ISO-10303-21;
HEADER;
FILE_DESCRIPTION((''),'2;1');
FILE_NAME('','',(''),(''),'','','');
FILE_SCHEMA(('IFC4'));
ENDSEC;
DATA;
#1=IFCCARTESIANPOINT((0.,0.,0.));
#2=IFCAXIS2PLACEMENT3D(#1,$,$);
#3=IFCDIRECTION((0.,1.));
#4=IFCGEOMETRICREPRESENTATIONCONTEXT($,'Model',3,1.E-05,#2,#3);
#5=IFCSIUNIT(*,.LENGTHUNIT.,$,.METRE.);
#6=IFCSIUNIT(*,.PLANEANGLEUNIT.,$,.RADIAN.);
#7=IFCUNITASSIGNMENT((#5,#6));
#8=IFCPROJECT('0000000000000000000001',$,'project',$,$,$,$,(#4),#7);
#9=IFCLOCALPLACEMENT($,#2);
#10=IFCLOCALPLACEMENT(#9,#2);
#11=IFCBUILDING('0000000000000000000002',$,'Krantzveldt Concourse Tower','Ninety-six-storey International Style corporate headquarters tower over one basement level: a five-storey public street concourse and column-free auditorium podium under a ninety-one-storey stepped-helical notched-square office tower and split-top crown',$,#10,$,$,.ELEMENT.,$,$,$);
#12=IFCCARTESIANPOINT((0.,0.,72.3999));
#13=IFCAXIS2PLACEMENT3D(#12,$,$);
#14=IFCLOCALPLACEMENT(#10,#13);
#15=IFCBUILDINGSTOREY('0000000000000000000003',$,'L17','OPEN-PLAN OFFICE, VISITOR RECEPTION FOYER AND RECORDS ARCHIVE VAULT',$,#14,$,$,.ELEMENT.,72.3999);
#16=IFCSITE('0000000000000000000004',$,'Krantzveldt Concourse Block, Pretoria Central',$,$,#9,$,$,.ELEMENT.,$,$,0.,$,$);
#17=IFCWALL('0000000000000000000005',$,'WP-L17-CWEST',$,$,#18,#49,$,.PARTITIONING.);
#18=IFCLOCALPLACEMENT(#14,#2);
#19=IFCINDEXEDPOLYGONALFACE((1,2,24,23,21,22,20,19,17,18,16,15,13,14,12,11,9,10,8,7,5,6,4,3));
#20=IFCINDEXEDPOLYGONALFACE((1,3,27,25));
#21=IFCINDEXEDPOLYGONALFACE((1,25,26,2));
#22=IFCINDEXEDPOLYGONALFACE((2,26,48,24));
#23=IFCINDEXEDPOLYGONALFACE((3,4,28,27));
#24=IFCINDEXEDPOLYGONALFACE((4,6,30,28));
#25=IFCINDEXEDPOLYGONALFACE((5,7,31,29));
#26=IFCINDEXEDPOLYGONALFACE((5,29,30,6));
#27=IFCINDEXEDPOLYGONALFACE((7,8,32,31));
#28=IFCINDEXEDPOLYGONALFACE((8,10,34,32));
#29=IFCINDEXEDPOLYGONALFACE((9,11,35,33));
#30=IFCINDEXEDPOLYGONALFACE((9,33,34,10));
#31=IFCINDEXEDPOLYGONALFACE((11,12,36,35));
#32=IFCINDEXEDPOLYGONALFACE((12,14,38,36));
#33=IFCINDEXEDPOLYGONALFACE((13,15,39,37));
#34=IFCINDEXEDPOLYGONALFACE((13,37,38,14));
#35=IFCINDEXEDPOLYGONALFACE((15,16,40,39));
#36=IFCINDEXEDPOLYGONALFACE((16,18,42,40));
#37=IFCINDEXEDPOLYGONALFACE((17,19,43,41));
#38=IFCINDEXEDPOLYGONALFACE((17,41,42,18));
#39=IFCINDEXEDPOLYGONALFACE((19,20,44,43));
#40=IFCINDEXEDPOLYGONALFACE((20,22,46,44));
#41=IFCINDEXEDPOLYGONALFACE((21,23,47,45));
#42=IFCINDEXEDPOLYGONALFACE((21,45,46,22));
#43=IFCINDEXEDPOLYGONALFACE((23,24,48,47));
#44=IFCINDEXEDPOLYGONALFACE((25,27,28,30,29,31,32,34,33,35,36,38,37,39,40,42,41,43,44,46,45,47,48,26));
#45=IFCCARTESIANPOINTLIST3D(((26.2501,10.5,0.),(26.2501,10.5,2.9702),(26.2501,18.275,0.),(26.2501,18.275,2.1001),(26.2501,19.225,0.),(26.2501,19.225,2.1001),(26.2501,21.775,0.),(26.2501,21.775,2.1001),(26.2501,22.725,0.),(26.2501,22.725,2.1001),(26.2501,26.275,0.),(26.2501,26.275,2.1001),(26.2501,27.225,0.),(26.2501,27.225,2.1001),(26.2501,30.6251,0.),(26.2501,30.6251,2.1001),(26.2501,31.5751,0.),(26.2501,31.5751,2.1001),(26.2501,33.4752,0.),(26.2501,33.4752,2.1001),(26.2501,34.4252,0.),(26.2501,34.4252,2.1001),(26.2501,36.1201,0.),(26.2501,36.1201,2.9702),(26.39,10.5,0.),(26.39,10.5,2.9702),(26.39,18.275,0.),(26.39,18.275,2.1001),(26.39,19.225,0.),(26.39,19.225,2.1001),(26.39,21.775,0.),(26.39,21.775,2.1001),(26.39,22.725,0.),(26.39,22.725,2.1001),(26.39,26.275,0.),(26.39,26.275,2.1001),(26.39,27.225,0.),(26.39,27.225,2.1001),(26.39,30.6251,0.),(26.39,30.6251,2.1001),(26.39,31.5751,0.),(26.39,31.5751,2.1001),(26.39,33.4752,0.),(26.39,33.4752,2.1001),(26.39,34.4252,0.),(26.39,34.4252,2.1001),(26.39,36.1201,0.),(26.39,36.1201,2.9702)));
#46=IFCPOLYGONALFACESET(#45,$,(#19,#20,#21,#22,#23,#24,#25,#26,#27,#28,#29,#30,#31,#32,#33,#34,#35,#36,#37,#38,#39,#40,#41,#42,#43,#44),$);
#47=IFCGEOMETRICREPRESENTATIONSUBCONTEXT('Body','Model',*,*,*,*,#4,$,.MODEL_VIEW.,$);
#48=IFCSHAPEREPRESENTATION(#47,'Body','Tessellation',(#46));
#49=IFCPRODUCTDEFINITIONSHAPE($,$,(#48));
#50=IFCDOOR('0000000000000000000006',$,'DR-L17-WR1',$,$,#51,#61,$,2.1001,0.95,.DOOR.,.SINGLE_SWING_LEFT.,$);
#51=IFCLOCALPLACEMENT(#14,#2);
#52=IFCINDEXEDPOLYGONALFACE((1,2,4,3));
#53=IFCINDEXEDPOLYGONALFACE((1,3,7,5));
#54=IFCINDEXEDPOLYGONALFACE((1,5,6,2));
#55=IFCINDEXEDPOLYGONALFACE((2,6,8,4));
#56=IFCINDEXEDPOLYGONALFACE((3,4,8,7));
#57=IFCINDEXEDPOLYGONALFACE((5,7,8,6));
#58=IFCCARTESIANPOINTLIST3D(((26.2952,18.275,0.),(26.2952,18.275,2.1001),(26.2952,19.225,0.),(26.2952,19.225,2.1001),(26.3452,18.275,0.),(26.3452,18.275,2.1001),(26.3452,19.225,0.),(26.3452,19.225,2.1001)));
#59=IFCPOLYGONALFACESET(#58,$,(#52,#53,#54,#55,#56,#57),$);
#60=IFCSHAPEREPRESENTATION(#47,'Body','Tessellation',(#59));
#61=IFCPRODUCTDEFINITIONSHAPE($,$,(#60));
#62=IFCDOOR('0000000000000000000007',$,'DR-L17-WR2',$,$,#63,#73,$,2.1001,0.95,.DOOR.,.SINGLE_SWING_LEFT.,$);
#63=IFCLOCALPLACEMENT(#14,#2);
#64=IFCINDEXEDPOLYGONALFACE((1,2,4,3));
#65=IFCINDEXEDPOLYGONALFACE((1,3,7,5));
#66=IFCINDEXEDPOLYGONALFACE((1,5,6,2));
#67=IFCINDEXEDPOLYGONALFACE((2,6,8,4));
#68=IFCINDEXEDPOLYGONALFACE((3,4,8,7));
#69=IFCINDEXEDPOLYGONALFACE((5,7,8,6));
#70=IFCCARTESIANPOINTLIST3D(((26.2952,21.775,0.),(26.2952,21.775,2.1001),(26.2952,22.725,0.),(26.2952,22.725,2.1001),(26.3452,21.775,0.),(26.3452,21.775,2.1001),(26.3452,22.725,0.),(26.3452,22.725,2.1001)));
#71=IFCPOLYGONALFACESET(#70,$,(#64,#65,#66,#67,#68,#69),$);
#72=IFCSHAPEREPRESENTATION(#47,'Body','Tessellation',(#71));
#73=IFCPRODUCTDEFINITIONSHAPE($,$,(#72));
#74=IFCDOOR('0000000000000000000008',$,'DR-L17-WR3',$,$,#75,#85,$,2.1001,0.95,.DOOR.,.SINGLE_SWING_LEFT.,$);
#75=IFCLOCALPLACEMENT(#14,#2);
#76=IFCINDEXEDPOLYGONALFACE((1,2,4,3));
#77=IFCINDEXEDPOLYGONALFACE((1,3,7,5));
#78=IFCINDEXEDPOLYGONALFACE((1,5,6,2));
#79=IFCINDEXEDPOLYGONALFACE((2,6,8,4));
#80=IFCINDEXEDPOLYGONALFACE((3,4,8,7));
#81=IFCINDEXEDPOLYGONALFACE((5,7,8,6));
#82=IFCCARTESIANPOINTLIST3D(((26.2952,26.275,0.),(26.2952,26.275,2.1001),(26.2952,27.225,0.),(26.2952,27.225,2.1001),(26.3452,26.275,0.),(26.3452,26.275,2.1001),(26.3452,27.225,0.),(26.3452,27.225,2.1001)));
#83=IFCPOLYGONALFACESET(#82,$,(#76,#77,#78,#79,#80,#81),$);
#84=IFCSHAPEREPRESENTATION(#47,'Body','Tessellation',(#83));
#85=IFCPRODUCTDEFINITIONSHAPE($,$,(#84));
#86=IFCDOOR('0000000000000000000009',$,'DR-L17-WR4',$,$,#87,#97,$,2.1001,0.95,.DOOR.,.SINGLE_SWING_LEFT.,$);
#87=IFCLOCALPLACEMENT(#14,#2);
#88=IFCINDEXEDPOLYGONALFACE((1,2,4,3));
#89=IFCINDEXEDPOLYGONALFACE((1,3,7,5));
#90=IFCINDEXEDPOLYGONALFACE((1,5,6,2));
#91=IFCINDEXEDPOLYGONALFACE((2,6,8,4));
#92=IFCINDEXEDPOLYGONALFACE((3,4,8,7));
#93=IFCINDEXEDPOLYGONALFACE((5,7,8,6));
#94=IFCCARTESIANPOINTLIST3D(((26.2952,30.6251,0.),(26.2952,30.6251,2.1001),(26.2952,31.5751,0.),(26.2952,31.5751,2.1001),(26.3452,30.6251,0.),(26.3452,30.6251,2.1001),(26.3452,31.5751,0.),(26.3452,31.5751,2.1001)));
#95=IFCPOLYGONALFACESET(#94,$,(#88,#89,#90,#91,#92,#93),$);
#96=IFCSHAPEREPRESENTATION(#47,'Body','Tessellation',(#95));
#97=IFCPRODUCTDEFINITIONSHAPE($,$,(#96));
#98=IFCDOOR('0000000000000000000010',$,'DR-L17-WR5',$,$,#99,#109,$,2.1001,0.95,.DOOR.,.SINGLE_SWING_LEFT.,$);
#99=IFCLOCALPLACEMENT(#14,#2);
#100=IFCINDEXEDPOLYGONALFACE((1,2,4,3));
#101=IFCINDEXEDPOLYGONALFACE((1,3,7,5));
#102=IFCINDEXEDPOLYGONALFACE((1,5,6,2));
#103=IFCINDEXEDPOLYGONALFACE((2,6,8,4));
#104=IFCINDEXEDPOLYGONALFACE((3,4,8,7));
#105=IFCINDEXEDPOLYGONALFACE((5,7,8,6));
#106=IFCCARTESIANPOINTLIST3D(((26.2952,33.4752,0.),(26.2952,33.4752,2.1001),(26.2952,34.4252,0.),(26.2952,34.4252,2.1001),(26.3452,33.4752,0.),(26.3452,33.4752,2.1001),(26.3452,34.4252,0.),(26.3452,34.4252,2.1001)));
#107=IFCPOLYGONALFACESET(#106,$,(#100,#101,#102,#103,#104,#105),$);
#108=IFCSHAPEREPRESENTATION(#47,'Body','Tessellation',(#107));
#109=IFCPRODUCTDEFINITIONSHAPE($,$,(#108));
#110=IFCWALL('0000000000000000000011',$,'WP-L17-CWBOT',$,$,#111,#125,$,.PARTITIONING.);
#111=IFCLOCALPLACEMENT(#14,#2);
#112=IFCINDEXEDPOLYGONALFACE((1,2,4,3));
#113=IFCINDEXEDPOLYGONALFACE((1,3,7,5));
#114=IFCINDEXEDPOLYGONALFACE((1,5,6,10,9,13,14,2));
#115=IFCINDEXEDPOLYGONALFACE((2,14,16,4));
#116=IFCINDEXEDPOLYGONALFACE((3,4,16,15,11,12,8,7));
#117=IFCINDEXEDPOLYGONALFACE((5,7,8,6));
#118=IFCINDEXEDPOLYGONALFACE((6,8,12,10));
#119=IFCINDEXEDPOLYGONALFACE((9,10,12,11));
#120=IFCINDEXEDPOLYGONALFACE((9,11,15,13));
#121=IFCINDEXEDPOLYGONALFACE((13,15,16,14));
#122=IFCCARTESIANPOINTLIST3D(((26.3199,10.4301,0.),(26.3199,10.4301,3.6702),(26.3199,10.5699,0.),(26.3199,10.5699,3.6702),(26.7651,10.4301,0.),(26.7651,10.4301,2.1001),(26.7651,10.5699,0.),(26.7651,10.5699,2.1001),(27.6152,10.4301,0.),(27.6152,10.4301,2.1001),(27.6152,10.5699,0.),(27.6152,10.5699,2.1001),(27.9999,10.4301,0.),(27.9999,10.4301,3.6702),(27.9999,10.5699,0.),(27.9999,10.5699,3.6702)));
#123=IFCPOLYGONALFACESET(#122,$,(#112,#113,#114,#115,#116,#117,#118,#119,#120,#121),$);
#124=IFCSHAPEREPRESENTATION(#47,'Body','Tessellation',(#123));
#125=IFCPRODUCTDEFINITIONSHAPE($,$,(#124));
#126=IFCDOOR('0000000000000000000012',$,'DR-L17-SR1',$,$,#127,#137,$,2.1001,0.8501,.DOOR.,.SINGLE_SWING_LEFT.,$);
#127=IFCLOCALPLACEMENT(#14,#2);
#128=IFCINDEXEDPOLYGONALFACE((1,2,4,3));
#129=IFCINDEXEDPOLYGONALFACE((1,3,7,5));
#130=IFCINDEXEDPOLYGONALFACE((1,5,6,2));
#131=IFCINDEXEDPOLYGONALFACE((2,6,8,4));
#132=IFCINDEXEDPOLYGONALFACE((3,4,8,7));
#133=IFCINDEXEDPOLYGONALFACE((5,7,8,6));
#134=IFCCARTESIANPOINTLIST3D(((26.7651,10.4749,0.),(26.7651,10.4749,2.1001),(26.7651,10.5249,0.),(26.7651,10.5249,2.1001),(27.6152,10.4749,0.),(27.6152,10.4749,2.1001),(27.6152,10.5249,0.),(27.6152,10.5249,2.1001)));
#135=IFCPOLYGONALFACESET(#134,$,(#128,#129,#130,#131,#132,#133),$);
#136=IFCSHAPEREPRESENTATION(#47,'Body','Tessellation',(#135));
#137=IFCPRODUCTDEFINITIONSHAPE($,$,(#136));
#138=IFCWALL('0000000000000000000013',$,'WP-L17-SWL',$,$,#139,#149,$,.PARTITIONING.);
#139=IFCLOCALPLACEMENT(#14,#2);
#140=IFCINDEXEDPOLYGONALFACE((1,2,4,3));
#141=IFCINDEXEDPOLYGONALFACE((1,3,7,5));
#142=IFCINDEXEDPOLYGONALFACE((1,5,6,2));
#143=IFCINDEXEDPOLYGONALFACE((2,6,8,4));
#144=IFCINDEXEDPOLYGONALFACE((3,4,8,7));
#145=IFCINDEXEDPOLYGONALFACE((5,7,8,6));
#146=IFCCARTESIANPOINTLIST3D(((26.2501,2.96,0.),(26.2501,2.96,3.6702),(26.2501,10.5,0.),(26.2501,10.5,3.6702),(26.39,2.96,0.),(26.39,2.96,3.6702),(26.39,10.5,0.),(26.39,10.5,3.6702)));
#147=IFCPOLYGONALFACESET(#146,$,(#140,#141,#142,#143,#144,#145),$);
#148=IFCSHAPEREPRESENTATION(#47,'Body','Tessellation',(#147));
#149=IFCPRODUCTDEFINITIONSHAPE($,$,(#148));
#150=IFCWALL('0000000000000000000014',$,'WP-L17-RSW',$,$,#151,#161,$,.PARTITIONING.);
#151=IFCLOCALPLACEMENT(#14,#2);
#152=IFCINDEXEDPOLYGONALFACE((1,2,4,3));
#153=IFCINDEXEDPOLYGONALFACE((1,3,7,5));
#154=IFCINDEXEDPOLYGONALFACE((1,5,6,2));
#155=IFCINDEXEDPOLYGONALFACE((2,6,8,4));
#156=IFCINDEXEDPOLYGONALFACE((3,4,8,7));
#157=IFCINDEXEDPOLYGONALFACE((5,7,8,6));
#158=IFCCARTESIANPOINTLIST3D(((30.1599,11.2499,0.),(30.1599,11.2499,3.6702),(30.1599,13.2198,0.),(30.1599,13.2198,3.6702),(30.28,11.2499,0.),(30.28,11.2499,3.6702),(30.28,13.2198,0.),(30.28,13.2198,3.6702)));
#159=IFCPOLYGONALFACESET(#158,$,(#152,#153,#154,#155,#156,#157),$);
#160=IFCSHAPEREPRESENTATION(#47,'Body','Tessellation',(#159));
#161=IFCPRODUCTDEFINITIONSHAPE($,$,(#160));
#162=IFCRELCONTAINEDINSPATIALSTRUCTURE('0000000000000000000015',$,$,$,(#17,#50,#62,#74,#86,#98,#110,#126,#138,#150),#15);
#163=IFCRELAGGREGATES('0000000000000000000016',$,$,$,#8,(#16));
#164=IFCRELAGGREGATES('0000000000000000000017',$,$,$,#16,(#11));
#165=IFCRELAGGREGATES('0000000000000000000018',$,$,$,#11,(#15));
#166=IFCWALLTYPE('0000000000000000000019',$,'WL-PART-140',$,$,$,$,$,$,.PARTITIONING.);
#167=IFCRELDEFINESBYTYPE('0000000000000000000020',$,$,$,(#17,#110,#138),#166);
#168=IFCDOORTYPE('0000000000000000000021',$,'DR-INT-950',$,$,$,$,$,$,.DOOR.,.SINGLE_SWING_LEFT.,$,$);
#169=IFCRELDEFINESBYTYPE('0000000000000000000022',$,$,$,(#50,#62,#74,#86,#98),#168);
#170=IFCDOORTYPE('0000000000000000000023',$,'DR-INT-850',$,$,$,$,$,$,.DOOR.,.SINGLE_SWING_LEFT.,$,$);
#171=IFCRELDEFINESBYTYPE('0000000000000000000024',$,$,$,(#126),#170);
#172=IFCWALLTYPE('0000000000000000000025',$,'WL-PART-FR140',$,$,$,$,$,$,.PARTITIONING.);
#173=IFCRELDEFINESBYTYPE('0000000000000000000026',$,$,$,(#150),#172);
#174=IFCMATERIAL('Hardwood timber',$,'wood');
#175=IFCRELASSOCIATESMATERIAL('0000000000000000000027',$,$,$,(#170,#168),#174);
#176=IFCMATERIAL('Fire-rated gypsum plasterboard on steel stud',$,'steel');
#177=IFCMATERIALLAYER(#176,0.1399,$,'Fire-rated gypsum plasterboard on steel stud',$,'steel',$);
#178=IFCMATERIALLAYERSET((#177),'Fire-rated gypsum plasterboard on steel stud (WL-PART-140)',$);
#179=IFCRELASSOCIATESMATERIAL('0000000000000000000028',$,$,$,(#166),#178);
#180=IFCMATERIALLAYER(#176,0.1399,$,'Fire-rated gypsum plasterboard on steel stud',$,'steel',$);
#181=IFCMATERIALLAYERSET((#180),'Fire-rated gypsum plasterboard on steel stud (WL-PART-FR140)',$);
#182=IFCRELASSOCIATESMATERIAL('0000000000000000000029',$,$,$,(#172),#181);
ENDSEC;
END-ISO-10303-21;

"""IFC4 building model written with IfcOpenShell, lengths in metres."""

from ifc_helpers import new_model, si_unit, direction, frame, frame_2d, origin, place, context, subcontext, project, spatial, rectangle, extrude, material, layer, layer_set, type_object, element, fill, save


model = new_model("IFC4")

# Units and contexts
model_context = context("Model", 3, precision=1e-05, world=origin(), true_north=direction((0.0, 1.0)))
body_context = subcontext(model_context, "Body", "Model", "MODEL_VIEW")
ifc_project = project(units=[si_unit("LENGTHUNIT", "METRE"), si_unit("PLANEANGLEUNIT", "RADIAN")], contexts=[model_context])

# Site, building, storey
site_placement = place(None, origin())
site = spatial("IfcSite", under=ifc_project, at=site_placement, Name="Krantzveldt Concourse Block, Pretoria Central", CompositionType="ELEMENT", RefElevation=0.0)
building_placement = place(site_placement, origin())
building = spatial("IfcBuilding", under=site, at=building_placement, Name="Krantzveldt Concourse Tower", Description="Ninety-six-storey International Style corporate headquarters tower over one basement level: a five-storey public street concourse and column-free auditorium podium under a ninety-one-storey stepped-helical notched-square office tower and split-top crown", CompositionType="ELEMENT")
storey_placement = place(building_placement, frame((0.0, 0.0, 72.3999)))
storey = spatial("IfcBuildingStorey", under=building, at=storey_placement, Name="L17", Description="OPEN-PLAN OFFICE, VISITOR RECEPTION FOYER AND RECORDS ARCHIVE VAULT", CompositionType="ELEMENT", Elevation=72.3999)

# Shared definitions
ifc_material_1 = material(Name="Fire-rated gypsum plasterboard on steel stud", Category="steel")
ifc_material_2 = material(Name="Hardwood timber", Category="wood")
door_type_1 = type_object("IfcDoorType", Name="DR-INT-850", OperationType="SINGLE_SWING_LEFT", PredefinedType="DOOR", material=ifc_material_2)

# Wall, openings, doors
ifc_layer_1 = layer(ifc_material_1, 0.1399, Name="Fire-rated gypsum plasterboard on steel stud", Category="steel")
ifc_layer_set_1 = layer_set([ifc_layer_1], Name="Fire-rated gypsum plasterboard on steel stud (WL-PART-140)")
wall_type_1 = type_object("IfcWallType", Name="WL-PART-140", PredefinedType="PARTITIONING", material=ifc_layer_set_1)
wall_1_placement = place(storey_placement, frame((26.3201, 10.5, 0.0), z_axis=(0.0, 0.0, 1.0), x_axis=(0.0, 1.0, 0.0)))
wall_1 = element("IfcWall", 1, at=wall_1_placement, inside=storey, type_object=wall_type_1, Name="WP-L17-CWEST", PredefinedType="PARTITIONING", context=body_context, shape_type="SweptSolid", body=[
    extrude(rectangle(XDim=25.6201, YDim=0.1399, at=frame_2d((12.8101, 0.0))), origin(), (0.0, 0.0, 1.0), 2.9702),
])
opening_1_placement = place(wall_1_placement, frame((7.7749, 0.0, 0.0)))
opening_1 = element("IfcOpeningElement", 2, at=opening_1_placement, cuts=wall_1, PredefinedType="OPENING", context=body_context, shape_type="SweptSolid", body=[
    extrude(rectangle(XDim=0.95, YDim=2.1001, at=frame_2d((0.4751, 1.05))), frame((0.0, 0.0801, 0.0), z_axis=(0.0, -1.0, 0.0), x_axis=(1.0, 0.0, 0.0)), (0.0, 0.0, 1.0), 0.1599),
])
opening_2_placement = place(wall_1_placement, frame((11.2749, 0.0, 0.0)))
opening_2 = element("IfcOpeningElement", 3, at=opening_2_placement, cuts=wall_1, PredefinedType="OPENING", context=body_context, shape_type="SweptSolid", body=[
    extrude(rectangle(XDim=0.95, YDim=2.1001, at=frame_2d((0.4751, 1.05))), frame((0.0, 0.0801, 0.0), z_axis=(0.0, -1.0, 0.0), x_axis=(1.0, 0.0, 0.0)), (0.0, 0.0, 1.0), 0.1599),
])
opening_3_placement = place(wall_1_placement, frame((15.7749, 0.0, 0.0)))
opening_3 = element("IfcOpeningElement", 4, at=opening_3_placement, cuts=wall_1, PredefinedType="OPENING", context=body_context, shape_type="SweptSolid", body=[
    extrude(rectangle(XDim=0.95, YDim=2.1001, at=frame_2d((0.4751, 1.05))), frame((0.0, 0.0801, 0.0), z_axis=(0.0, -1.0, 0.0), x_axis=(1.0, 0.0, 0.0)), (0.0, 0.0, 1.0), 0.1599),
])
opening_4_placement = place(wall_1_placement, frame((20.125, 0.0, 0.0)))
opening_4 = element("IfcOpeningElement", 5, at=opening_4_placement, cuts=wall_1, PredefinedType="OPENING", context=body_context, shape_type="SweptSolid", body=[
    extrude(rectangle(XDim=0.95, YDim=2.1001, at=frame_2d((0.4751, 1.05))), frame((0.0, 0.0801, 0.0), z_axis=(0.0, -1.0, 0.0), x_axis=(1.0, 0.0, 0.0)), (0.0, 0.0, 1.0), 0.1599),
])
opening_5_placement = place(wall_1_placement, frame((22.9751, 0.0, 0.0)))
opening_5 = element("IfcOpeningElement", 6, at=opening_5_placement, cuts=wall_1, PredefinedType="OPENING", context=body_context, shape_type="SweptSolid", body=[
    extrude(rectangle(XDim=0.95, YDim=2.1001, at=frame_2d((0.4751, 1.05))), frame((0.0, 0.0801, 0.0), z_axis=(0.0, -1.0, 0.0), x_axis=(1.0, 0.0, 0.0)), (0.0, 0.0, 1.0), 0.1599),
])
door_type_2 = type_object("IfcDoorType", Name="DR-INT-950", OperationType="SINGLE_SWING_LEFT", PredefinedType="DOOR", material=ifc_material_2)
door_1_placement = place(opening_1_placement, origin())
door_1 = element("IfcDoor", 7, at=door_1_placement, inside=storey, type_object=door_type_2, Name="DR-L17-WR1", OperationType="SINGLE_SWING_LEFT", OverallHeight=2.1001, OverallWidth=0.95, PredefinedType="DOOR", context=body_context, shape_type="SweptSolid", body=[
    extrude(rectangle(XDim=0.95, YDim=2.1001, at=frame_2d((0.4751, 1.05))), frame((0.0, 0.0249, 0.0), z_axis=(0.0, -1.0, 0.0), x_axis=(1.0, 0.0, 0.0)), (0.0, 0.0, 1.0), 0.05),
])
fill(opening_1, door_1)
door_2_placement = place(opening_2_placement, origin())
door_2 = element("IfcDoor", 8, at=door_2_placement, inside=storey, type_object=door_type_2, Name="DR-L17-WR2", OperationType="SINGLE_SWING_LEFT", OverallHeight=2.1001, OverallWidth=0.95, PredefinedType="DOOR", context=body_context, shape_type="SweptSolid", body=[
    extrude(rectangle(XDim=0.95, YDim=2.1001, at=frame_2d((0.4751, 1.05))), frame((0.0, 0.0249, 0.0), z_axis=(0.0, -1.0, 0.0), x_axis=(1.0, 0.0, 0.0)), (0.0, 0.0, 1.0), 0.05),
])
fill(opening_2, door_2)
door_3_placement = place(opening_3_placement, origin())
door_3 = element("IfcDoor", 9, at=door_3_placement, inside=storey, type_object=door_type_2, Name="DR-L17-WR3", OperationType="SINGLE_SWING_LEFT", OverallHeight=2.1001, OverallWidth=0.95, PredefinedType="DOOR", context=body_context, shape_type="SweptSolid", body=[
    extrude(rectangle(XDim=0.95, YDim=2.1001, at=frame_2d((0.4751, 1.05))), frame((0.0, 0.0249, 0.0), z_axis=(0.0, -1.0, 0.0), x_axis=(1.0, 0.0, 0.0)), (0.0, 0.0, 1.0), 0.05),
])
fill(opening_3, door_3)
door_4_placement = place(opening_4_placement, origin())
door_4 = element("IfcDoor", 10, at=door_4_placement, inside=storey, type_object=door_type_2, Name="DR-L17-WR4", OperationType="SINGLE_SWING_LEFT", OverallHeight=2.1001, OverallWidth=0.95, PredefinedType="DOOR", context=body_context, shape_type="SweptSolid", body=[
    extrude(rectangle(XDim=0.95, YDim=2.1001, at=frame_2d((0.4751, 1.05))), frame((0.0, 0.0249, 0.0), z_axis=(0.0, -1.0, 0.0), x_axis=(1.0, 0.0, 0.0)), (0.0, 0.0, 1.0), 0.05),
])
fill(opening_4, door_4)
door_5_placement = place(opening_5_placement, origin())
door_5 = element("IfcDoor", 11, at=door_5_placement, inside=storey, type_object=door_type_2, Name="DR-L17-WR5", OperationType="SINGLE_SWING_LEFT", OverallHeight=2.1001, OverallWidth=0.95, PredefinedType="DOOR", context=body_context, shape_type="SweptSolid", body=[
    extrude(rectangle(XDim=0.95, YDim=2.1001, at=frame_2d((0.4751, 1.05))), frame((0.0, 0.0249, 0.0), z_axis=(0.0, -1.0, 0.0), x_axis=(1.0, 0.0, 0.0)), (0.0, 0.0, 1.0), 0.05),
])
fill(opening_5, door_5)

# Wall, opening, door
wall_2_placement = place(storey_placement, frame((26.3201, 10.5, 0.0), z_axis=(0.0, 0.0, 1.0), x_axis=(1.0, 0.0, 0.0)))
wall_2 = element("IfcWall", 12, at=wall_2_placement, inside=storey, type_object=wall_type_1, Name="WP-L17-CWBOT", PredefinedType="PARTITIONING", context=body_context, shape_type="SweptSolid", body=[
    extrude(rectangle(XDim=1.6799, YDim=0.1399, at=frame_2d((0.8398, 0.0))), origin(), (0.0, 0.0, 1.0), 3.6702),
])
opening_6_placement = place(wall_2_placement, frame((0.4451, 0.0, 0.0)))
opening_6 = element("IfcOpeningElement", 13, at=opening_6_placement, cuts=wall_2, PredefinedType="OPENING", context=body_context, shape_type="SweptSolid", body=[
    extrude(rectangle(XDim=0.8501, YDim=2.1001, at=frame_2d((0.425, 1.05))), frame((0.0, 0.0801, 0.0), z_axis=(0.0, -1.0, 0.0), x_axis=(1.0, 0.0, 0.0)), (0.0, 0.0, 1.0), 0.1599),
])
door_6_placement = place(opening_6_placement, origin())
door_6 = element("IfcDoor", 14, at=door_6_placement, inside=storey, type_object=door_type_1, Name="DR-L17-SR1", OperationType="SINGLE_SWING_LEFT", OverallHeight=2.1001, OverallWidth=0.8501, PredefinedType="DOOR", context=body_context, shape_type="SweptSolid", body=[
    extrude(rectangle(XDim=0.8501, YDim=2.1001, at=frame_2d((0.425, 1.05))), frame((0.0, 0.0249, 0.0), z_axis=(0.0, -1.0, 0.0), x_axis=(1.0, 0.0, 0.0)), (0.0, 0.0, 1.0), 0.05),
])
fill(opening_6, door_6)

# Walls
wall_3_placement = place(storey_placement, frame((26.3201, 2.96, 0.0), z_axis=(0.0, 0.0, 1.0), x_axis=(0.0, 1.0, 0.0)))
element("IfcWall", 15, at=wall_3_placement, inside=storey, type_object=wall_type_1, Name="WP-L17-SWL", PredefinedType="PARTITIONING", context=body_context, shape_type="SweptSolid", body=[
    extrude(rectangle(XDim=7.54, YDim=0.1399, at=frame_2d((3.77, 0.0))), origin(), (0.0, 0.0, 1.0), 3.6702),
])
ifc_layer_2 = layer(ifc_material_1, 0.1399, Name="Fire-rated gypsum plasterboard on steel stud", Category="steel")
ifc_layer_set_2 = layer_set([ifc_layer_2], Name="Fire-rated gypsum plasterboard on steel stud (WL-PART-FR140)")
wall_type_2 = type_object("IfcWallType", Name="WL-PART-FR140", PredefinedType="PARTITIONING", material=ifc_layer_set_2)
wall_4_placement = place(storey_placement, frame((30.22, 11.25, 0.0), z_axis=(0.0, 0.0, 1.0), x_axis=(0.0, 1.0, 0.0)))
element("IfcWall", 16, at=wall_4_placement, inside=storey, type_object=wall_type_2, Name="WP-L17-RSW", PredefinedType="PARTITIONING", context=body_context, shape_type="SweptSolid", body=[
    extrude(rectangle(XDim=1.97, YDim=0.1201, at=frame_2d((0.9849, 0.0))), origin(), (0.0, 0.0, 1.0), 3.6702),
])

save(model, "model.ifc")
